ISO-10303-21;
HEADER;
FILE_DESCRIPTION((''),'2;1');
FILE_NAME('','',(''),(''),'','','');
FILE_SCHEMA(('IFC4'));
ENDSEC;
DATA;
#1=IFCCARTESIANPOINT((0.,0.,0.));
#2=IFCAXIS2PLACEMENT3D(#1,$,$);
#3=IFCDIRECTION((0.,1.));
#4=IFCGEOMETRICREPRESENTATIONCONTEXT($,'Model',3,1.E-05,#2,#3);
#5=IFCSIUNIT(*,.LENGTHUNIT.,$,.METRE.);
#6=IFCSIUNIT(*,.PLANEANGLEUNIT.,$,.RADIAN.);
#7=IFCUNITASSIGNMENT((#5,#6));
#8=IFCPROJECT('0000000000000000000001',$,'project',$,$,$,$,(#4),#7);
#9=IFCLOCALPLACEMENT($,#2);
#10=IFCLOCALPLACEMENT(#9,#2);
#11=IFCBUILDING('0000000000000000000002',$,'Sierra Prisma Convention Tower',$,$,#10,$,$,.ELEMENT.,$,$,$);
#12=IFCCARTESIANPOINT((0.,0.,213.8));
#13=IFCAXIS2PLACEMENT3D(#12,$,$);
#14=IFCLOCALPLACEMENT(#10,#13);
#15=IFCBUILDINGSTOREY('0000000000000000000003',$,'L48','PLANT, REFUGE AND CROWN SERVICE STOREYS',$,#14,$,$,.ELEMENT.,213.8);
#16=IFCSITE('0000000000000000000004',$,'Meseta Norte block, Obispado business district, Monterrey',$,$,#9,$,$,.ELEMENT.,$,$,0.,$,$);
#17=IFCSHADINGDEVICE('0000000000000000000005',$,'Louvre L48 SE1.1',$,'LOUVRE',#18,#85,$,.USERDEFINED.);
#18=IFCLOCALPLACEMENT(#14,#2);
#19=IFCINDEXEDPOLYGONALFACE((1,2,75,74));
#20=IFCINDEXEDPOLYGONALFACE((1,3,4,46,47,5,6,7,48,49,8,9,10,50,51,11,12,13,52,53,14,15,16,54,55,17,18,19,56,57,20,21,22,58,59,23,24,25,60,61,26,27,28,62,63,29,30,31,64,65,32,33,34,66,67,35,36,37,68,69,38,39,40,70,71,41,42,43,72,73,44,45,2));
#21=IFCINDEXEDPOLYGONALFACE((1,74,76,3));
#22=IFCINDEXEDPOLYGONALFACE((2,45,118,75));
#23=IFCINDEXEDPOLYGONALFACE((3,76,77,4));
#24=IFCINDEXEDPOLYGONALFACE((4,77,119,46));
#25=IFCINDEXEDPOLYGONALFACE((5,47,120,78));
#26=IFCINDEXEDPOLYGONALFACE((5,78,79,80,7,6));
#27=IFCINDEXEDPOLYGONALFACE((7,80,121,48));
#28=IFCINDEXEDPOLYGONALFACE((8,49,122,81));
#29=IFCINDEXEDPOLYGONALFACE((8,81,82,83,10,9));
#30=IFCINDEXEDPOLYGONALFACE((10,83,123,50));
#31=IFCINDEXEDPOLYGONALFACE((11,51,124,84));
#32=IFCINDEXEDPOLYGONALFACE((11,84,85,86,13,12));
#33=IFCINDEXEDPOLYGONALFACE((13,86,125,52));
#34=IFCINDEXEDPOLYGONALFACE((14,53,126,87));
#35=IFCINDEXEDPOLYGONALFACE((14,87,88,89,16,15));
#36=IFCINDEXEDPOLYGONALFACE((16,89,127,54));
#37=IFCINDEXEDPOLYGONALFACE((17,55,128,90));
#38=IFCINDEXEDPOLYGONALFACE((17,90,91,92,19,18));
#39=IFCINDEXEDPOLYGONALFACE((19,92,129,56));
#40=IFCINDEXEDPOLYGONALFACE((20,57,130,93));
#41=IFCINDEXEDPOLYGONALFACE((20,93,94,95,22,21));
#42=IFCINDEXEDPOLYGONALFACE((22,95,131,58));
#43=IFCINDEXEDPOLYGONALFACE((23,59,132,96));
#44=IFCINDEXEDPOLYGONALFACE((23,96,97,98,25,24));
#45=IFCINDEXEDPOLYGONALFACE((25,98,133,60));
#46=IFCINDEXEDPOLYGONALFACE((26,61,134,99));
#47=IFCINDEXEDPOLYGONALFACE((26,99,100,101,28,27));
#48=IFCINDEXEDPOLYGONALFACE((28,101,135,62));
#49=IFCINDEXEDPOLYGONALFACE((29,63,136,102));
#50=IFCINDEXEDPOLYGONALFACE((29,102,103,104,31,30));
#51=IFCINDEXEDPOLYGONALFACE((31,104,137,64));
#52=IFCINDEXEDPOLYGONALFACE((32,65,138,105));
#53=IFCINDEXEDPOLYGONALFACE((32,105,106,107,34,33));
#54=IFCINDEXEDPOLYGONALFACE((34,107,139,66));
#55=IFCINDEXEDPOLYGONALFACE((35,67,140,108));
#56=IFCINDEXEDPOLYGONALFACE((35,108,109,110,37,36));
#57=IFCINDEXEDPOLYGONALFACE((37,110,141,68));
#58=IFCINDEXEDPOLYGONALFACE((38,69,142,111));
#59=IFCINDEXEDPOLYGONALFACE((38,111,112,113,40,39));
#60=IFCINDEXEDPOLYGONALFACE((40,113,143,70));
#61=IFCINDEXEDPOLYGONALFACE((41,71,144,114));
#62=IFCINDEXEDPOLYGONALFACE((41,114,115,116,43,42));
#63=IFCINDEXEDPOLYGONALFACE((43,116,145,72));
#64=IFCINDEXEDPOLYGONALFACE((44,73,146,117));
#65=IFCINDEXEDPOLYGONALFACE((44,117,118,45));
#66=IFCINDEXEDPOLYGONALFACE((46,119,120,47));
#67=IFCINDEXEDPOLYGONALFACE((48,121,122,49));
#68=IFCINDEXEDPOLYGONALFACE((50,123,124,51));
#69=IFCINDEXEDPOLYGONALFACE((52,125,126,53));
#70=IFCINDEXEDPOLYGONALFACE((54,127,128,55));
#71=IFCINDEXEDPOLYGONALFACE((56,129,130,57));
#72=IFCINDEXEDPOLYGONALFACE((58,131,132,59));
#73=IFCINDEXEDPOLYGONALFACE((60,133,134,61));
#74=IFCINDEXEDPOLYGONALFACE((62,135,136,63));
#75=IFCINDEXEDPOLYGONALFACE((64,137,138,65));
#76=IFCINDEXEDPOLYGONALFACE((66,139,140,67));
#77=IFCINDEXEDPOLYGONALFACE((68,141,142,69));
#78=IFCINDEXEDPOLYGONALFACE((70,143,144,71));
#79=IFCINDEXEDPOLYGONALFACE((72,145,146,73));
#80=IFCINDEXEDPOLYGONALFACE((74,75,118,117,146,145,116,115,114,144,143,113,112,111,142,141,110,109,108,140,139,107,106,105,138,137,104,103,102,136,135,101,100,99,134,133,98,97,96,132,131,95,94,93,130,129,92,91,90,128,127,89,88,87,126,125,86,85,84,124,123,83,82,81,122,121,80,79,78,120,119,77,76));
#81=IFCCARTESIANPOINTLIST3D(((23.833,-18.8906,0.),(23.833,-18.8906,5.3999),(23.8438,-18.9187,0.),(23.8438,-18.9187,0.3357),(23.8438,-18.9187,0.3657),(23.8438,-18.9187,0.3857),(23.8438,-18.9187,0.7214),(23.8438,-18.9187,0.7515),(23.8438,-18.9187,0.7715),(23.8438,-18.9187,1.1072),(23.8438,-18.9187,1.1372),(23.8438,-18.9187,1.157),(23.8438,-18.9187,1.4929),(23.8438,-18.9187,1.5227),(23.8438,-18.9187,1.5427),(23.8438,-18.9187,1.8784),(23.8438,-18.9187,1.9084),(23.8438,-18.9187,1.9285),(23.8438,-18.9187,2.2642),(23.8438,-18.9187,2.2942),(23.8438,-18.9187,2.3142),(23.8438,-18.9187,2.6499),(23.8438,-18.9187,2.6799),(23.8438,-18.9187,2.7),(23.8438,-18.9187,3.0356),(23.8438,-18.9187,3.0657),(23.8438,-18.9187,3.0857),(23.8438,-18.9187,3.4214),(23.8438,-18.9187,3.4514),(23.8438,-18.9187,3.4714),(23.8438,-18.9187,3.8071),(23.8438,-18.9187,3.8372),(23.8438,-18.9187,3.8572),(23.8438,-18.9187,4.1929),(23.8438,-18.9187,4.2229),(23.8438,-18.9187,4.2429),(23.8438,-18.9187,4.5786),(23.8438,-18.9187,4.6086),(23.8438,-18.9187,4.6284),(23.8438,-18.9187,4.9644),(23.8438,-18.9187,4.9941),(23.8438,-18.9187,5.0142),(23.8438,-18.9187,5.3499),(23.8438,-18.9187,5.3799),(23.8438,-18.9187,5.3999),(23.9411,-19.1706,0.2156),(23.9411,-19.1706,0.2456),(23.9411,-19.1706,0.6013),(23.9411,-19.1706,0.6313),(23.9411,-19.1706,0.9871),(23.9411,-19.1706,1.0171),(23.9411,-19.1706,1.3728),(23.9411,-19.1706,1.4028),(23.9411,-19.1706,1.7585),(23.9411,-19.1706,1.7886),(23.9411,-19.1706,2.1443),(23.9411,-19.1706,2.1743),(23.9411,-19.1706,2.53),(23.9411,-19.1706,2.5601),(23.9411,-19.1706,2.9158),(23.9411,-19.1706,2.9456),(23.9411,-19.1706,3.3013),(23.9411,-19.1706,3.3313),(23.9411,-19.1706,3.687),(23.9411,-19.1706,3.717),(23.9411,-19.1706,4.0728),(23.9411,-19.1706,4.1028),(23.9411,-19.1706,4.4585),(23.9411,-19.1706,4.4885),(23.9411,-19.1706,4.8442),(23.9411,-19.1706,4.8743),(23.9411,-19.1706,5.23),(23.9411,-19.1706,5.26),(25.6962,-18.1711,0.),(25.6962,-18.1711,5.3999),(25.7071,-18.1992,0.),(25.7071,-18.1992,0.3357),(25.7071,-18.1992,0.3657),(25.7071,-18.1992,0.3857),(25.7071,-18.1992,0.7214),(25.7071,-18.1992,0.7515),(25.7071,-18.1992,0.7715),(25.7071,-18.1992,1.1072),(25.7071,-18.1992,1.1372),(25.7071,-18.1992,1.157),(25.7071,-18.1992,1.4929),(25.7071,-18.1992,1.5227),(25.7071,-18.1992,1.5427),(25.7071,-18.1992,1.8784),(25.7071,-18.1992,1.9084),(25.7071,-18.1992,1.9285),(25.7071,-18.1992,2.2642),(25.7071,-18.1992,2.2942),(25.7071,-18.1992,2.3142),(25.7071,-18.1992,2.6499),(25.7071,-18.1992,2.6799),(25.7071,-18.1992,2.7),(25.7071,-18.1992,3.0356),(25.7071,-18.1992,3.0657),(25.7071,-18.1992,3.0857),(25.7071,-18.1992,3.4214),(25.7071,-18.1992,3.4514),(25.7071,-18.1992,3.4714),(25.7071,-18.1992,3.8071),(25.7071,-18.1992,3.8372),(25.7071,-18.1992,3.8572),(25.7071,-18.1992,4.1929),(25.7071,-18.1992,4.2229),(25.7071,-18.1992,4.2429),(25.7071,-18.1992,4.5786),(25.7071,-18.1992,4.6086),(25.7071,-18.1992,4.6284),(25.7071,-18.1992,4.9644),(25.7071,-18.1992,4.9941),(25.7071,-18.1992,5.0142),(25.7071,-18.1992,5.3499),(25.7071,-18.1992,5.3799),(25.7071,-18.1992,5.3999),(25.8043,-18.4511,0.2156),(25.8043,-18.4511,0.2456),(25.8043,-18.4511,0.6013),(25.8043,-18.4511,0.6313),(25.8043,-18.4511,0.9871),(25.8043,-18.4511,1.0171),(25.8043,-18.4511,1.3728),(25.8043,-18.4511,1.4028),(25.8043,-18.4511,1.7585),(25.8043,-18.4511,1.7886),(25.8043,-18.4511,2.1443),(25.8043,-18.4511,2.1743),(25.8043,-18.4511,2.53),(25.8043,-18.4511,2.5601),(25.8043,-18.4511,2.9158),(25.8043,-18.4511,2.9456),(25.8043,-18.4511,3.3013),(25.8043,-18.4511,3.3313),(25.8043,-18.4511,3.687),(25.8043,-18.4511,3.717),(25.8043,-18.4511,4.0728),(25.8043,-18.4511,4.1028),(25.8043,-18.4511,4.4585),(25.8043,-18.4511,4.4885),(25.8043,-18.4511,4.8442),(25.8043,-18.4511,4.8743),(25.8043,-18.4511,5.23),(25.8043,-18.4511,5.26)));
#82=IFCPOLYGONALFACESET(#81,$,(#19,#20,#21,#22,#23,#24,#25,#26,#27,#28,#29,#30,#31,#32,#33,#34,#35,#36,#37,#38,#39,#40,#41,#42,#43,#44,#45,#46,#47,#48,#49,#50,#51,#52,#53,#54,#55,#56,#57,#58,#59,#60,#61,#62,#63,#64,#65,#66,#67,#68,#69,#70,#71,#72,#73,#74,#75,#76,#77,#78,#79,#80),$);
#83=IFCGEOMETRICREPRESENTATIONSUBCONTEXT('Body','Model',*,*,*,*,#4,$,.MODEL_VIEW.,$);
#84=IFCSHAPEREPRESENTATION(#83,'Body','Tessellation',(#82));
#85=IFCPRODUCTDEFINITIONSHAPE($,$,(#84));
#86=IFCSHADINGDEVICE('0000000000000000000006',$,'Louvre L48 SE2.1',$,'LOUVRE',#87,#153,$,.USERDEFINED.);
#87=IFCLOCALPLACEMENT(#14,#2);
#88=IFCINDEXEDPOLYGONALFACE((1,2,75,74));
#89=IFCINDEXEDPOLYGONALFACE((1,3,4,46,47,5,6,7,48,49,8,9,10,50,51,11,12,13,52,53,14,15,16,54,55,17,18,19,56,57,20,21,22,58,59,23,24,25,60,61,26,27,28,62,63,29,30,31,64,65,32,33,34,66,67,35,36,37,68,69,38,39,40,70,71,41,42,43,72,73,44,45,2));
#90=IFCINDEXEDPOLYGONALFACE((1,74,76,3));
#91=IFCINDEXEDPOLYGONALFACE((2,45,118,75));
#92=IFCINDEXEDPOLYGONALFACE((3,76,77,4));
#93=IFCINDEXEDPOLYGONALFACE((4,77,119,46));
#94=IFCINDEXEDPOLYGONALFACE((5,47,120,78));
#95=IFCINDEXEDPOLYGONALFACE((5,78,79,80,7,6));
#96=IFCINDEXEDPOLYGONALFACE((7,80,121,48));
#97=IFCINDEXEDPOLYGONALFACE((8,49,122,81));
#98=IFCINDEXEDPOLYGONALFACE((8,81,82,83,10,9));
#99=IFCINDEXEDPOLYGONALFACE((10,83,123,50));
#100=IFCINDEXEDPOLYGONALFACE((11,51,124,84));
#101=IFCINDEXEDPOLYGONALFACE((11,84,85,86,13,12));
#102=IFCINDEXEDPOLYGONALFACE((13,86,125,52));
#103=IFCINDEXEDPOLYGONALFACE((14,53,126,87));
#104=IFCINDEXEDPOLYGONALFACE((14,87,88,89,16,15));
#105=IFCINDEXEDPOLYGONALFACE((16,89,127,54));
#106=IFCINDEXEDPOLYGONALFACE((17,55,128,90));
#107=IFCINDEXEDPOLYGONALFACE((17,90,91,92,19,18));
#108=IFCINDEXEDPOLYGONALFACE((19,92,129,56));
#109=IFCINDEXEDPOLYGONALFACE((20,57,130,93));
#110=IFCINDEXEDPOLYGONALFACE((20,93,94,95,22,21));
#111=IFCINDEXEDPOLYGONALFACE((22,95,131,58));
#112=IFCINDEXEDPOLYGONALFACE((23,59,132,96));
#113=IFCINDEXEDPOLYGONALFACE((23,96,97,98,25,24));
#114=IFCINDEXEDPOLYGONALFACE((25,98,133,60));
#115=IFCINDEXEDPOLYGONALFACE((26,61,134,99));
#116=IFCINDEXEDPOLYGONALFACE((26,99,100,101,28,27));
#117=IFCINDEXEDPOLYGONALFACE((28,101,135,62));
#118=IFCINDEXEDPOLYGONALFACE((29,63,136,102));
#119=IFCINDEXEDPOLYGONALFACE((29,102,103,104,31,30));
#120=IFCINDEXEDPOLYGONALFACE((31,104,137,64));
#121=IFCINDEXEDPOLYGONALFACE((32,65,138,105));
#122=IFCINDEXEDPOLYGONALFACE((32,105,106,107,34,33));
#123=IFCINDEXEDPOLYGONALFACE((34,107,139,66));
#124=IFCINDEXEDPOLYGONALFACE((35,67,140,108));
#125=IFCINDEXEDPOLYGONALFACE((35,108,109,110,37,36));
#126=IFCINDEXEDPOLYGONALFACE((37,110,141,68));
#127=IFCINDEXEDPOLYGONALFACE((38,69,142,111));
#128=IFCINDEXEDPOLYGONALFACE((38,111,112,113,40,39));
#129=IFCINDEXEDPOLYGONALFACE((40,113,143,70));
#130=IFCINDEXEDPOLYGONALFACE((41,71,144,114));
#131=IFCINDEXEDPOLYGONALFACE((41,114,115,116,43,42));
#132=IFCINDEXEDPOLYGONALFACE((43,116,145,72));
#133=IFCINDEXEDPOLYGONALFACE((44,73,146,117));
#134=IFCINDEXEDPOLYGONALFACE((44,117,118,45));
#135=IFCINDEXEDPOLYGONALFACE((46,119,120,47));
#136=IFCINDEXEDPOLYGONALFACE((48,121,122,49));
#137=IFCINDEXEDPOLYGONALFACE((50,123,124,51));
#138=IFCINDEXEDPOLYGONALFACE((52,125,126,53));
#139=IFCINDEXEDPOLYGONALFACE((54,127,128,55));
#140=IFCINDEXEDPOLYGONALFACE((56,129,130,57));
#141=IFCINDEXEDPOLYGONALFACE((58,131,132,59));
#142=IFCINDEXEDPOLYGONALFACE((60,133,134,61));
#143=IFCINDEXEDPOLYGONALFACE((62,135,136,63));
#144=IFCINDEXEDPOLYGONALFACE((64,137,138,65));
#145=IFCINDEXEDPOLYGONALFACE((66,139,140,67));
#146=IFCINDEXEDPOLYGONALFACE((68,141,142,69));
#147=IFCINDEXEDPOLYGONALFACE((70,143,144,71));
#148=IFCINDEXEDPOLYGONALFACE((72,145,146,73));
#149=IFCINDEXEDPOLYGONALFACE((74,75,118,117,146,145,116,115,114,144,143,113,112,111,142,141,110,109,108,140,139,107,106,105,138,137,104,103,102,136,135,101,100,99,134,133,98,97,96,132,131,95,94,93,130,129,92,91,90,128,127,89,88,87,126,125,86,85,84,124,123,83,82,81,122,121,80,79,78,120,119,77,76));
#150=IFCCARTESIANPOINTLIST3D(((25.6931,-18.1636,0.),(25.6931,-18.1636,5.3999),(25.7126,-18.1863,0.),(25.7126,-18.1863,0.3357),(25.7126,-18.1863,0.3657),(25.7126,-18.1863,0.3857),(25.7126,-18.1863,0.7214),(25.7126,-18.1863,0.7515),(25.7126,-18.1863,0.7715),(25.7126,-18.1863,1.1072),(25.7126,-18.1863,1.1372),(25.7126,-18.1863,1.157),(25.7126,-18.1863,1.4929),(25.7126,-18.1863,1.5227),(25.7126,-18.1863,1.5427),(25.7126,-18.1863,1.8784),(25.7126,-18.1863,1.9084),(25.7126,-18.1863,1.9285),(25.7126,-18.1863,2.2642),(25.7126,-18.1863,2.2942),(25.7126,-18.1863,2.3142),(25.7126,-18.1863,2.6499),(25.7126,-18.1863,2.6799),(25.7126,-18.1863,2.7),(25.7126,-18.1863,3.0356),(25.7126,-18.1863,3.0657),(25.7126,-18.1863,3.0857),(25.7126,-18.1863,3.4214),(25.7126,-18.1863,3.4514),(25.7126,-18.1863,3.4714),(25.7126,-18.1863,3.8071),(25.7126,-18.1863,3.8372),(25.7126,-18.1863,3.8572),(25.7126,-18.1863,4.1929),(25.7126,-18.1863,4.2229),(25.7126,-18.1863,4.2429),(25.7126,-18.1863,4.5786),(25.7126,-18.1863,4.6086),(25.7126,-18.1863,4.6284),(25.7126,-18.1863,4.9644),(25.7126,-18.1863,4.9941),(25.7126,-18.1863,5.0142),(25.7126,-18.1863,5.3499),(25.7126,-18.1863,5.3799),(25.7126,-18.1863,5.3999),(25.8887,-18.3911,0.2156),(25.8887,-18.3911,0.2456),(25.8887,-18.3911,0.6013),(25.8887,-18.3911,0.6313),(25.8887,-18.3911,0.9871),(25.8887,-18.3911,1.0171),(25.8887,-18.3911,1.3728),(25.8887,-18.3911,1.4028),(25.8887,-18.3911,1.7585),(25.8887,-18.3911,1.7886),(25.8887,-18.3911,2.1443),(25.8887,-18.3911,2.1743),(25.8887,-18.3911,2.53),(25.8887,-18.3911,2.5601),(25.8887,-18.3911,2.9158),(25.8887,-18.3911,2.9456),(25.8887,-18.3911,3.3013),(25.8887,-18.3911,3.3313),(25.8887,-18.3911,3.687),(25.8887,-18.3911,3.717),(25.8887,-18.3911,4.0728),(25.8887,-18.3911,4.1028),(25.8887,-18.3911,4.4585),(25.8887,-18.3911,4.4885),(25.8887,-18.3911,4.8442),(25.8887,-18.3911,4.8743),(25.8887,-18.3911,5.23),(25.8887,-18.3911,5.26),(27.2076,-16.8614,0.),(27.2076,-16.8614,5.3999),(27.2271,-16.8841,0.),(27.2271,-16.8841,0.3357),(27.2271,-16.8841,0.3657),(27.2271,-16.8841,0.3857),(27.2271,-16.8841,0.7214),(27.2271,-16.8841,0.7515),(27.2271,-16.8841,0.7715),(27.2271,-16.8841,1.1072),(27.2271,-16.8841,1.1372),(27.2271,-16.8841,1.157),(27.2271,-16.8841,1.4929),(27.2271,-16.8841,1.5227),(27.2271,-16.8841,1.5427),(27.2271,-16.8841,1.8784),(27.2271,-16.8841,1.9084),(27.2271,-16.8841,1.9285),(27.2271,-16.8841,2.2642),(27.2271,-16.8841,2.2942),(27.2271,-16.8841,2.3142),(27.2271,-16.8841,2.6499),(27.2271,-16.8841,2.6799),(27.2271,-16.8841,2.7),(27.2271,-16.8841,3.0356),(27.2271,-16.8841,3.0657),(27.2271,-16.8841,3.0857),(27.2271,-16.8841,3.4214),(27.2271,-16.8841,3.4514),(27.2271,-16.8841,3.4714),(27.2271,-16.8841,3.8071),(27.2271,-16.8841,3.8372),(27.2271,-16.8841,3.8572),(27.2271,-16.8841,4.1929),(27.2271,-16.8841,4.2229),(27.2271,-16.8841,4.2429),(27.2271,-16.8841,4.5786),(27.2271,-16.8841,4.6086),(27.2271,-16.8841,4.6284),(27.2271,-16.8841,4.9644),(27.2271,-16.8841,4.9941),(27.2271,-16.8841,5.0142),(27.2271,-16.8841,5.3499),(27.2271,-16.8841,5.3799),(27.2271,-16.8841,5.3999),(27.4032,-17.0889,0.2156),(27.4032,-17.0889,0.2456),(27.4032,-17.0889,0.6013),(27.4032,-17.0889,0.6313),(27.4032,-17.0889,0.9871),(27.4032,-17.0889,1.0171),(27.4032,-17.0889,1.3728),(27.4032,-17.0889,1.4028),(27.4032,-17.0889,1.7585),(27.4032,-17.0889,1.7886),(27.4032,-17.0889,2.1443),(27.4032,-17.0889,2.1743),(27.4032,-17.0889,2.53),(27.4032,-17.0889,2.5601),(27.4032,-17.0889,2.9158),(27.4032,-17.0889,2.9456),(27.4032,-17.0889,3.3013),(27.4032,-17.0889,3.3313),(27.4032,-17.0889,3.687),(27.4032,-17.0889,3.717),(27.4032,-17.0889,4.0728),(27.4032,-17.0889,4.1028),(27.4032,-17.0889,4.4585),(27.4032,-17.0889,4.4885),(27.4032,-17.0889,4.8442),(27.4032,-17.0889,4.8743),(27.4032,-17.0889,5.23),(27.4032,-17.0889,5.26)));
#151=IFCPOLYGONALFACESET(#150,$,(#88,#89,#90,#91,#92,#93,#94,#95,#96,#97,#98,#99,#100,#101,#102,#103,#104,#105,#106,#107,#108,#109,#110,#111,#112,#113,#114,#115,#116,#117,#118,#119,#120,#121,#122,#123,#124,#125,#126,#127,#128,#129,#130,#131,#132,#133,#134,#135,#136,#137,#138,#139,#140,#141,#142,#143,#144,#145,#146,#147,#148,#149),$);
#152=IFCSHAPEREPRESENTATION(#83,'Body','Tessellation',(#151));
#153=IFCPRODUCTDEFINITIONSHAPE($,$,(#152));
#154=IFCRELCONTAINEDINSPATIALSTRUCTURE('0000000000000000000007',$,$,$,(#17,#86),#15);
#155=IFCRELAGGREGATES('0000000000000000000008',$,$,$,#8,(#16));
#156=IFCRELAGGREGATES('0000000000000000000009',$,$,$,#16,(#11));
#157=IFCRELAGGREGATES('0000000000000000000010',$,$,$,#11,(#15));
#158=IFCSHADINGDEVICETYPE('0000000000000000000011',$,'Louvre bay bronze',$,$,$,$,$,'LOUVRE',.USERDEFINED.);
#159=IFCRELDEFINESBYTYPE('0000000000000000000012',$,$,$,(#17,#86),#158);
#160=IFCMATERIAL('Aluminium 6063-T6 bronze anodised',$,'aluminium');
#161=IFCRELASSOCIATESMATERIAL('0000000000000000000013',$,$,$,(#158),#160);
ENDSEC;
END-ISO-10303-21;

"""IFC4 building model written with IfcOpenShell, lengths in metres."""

from ifc_helpers import new_model, si_unit, direction, frame, origin, place, context, subcontext, project, spatial, polyline, outline, extrude, material, type_object, element, save


model = new_model("IFC4")

# Units and contexts
model_context = context("Model", 3, precision=1e-05, world=origin(), true_north=direction((0.0, 1.0)))
body_context = subcontext(model_context, "Body", "Model", "MODEL_VIEW")
ifc_project = project(units=[si_unit("LENGTHUNIT", "METRE"), si_unit("PLANEANGLEUNIT", "RADIAN")], contexts=[model_context])

# Site, building, storey
site_placement = place(None, origin())
site = spatial("IfcSite", under=ifc_project, at=site_placement, Name="Meseta Norte block, Obispado business district, Monterrey", CompositionType="ELEMENT", RefElevation=0.0)
building_placement = place(site_placement, origin())
building = spatial("IfcBuilding", under=site, at=building_placement, Name="Sierra Prisma Convention Tower", CompositionType="ELEMENT")
storey_placement = place(building_placement, frame((0.0, 0.0, 213.8)))
storey = spatial("IfcBuildingStorey", under=building, at=storey_placement, Name="L48", Description="PLANT, REFUGE AND CROWN SERVICE STOREYS", CompositionType="ELEMENT", Elevation=213.8)

# Shading devices
ifc_material_1 = material(Name="Aluminium 6063-T6 bronze anodised", Category="aluminium")
shading_device_type = type_object("IfcShadingDeviceType", Name="Louvre bay bronze", ElementType="LOUVRE", PredefinedType="USERDEFINED", material=ifc_material_1)
shading_device_1_placement = place(storey_placement, frame((23.833, -18.8906, 0.0), z_axis=(-0.932861, -0.360236, 0.0), x_axis=(0.0, 0.0, 1.0)))
element("IfcShadingDevice", 1, at=shading_device_1_placement, inside=storey, type_object=shading_device_type, Name="Louvre L48 SE1.1", ObjectType="LOUVRE", PredefinedType="USERDEFINED", context=body_context, shape_type="SweptSolid", body=[
    extrude(outline(polyline([(0.0, 0.0), (5.3999, 0.0), (5.3999, -0.0301), (5.3799, -0.0301), (5.26, -0.3001), (5.23, -0.3001), (5.3499, -0.0301), (5.0142, -0.0301), (4.9941, -0.0301), (4.8743, -0.3001), (4.8442, -0.3001), (4.9644, -0.0301), (4.6284, -0.0301), (4.6086, -0.0301), (4.4885, -0.3001), (4.4585, -0.3001), (4.5786, -0.0301), (4.2429, -0.0301), (4.2229, -0.0301), (4.1028, -0.3001), (4.0728, -0.3001), (4.1929, -0.0301), (3.8572, -0.0301), (3.8372, -0.0301), (3.717, -0.3001), (3.687, -0.3001), (3.8071, -0.0301), (3.4714, -0.0301), (3.4514, -0.0301), (3.3313, -0.3001), (3.3013, -0.3001), (3.4214, -0.0301), (3.0857, -0.0301), (3.0657, -0.0301), (2.9456, -0.3001), (2.9158, -0.3001), (3.0356, -0.0301), (2.7, -0.0301), (2.6799, -0.0301), (2.5601, -0.3001), (2.53, -0.3001), (2.6499, -0.0301), (2.3142, -0.0301), (2.2942, -0.0301), (2.1743, -0.3001), (2.1443, -0.3001), (2.2642, -0.0301), (1.9285, -0.0301), (1.9084, -0.0301), (1.7886, -0.3001), (1.7585, -0.3001), (1.8784, -0.0301), (1.5427, -0.0301), (1.5227, -0.0301), (1.4028, -0.3001), (1.3728, -0.3001), (1.4929, -0.0301), (1.157, -0.0301), (1.1372, -0.0301), (1.0171, -0.3001), (0.9871, -0.3001), (1.1072, -0.0301), (0.7715, -0.0301), (0.7515, -0.0301), (0.6313, -0.3001), (0.6013, -0.3001), (0.7214, -0.0301), (0.3857, -0.0301), (0.3657, -0.0301), (0.2456, -0.3001), (0.2156, -0.3001), (0.3357, -0.0301), (0.0, -0.0301), (0.0, 0.0)])), origin(), (0.0, 0.0, -1.0), 1.9973),
])
shading_device_2_placement = place(storey_placement, frame((25.6931, -18.1636, 0.0), z_axis=(-0.758237, -0.651979, 0.0), x_axis=(0.0, 0.0, 1.0)))
element("IfcShadingDevice", 2, at=shading_device_2_placement, inside=storey, type_object=shading_device_type, Name="Louvre L48 SE2.1", ObjectType="LOUVRE", PredefinedType="USERDEFINED", context=body_context, shape_type="SweptSolid", body=[
    extrude(outline(polyline([(0.0, 0.0), (5.3999, 0.0), (5.3999, -0.0299), (5.3799, -0.0299), (5.26, -0.3), (5.23, -0.3), (5.3499, -0.0299), (5.0142, -0.0299), (4.9941, -0.0299), (4.8743, -0.3), (4.8442, -0.3), (4.9644, -0.0299), (4.6284, -0.0299), (4.6086, -0.0299), (4.4885, -0.3), (4.4585, -0.3), (4.5786, -0.0299), (4.2429, -0.0299), (4.2229, -0.0299), (4.1028, -0.3), (4.0728, -0.3), (4.1929, -0.0299), (3.8572, -0.0299), (3.8372, -0.0299), (3.717, -0.3), (3.687, -0.3), (3.8071, -0.0299), (3.4714, -0.0299), (3.4514, -0.0299), (3.3313, -0.3), (3.3013, -0.3), (3.4214, -0.0299), (3.0857, -0.0299), (3.0657, -0.0299), (2.9456, -0.3), (2.9158, -0.3), (3.0356, -0.0299), (2.7, -0.0299), (2.6799, -0.0299), (2.5601, -0.3), (2.53, -0.3), (2.6499, -0.0299), (2.3142, -0.0299), (2.2942, -0.0299), (2.1743, -0.3), (2.1443, -0.3), (2.2642, -0.0299), (1.9285, -0.0299), (1.9084, -0.0299), (1.7886, -0.3), (1.7585, -0.3), (1.8784, -0.0299), (1.5427, -0.0299), (1.5227, -0.0299), (1.4028, -0.3), (1.3728, -0.3), (1.4929, -0.0299), (1.157, -0.0299), (1.1372, -0.0299), (1.0171, -0.3), (0.9871, -0.3), (1.1072, -0.0299), (0.7715, -0.0299), (0.7515, -0.0299), (0.6313, -0.3), (0.6013, -0.3), (0.7214, -0.0299), (0.3857, -0.0299), (0.3657, -0.0299), (0.2456, -0.3), (0.2156, -0.3), (0.3357, -0.0299), (0.0, -0.0299), (0.0, 0.0)])), origin(), (0.0, 0.0, -1.0), 1.9973),
])

save(model, "model.ifc")
